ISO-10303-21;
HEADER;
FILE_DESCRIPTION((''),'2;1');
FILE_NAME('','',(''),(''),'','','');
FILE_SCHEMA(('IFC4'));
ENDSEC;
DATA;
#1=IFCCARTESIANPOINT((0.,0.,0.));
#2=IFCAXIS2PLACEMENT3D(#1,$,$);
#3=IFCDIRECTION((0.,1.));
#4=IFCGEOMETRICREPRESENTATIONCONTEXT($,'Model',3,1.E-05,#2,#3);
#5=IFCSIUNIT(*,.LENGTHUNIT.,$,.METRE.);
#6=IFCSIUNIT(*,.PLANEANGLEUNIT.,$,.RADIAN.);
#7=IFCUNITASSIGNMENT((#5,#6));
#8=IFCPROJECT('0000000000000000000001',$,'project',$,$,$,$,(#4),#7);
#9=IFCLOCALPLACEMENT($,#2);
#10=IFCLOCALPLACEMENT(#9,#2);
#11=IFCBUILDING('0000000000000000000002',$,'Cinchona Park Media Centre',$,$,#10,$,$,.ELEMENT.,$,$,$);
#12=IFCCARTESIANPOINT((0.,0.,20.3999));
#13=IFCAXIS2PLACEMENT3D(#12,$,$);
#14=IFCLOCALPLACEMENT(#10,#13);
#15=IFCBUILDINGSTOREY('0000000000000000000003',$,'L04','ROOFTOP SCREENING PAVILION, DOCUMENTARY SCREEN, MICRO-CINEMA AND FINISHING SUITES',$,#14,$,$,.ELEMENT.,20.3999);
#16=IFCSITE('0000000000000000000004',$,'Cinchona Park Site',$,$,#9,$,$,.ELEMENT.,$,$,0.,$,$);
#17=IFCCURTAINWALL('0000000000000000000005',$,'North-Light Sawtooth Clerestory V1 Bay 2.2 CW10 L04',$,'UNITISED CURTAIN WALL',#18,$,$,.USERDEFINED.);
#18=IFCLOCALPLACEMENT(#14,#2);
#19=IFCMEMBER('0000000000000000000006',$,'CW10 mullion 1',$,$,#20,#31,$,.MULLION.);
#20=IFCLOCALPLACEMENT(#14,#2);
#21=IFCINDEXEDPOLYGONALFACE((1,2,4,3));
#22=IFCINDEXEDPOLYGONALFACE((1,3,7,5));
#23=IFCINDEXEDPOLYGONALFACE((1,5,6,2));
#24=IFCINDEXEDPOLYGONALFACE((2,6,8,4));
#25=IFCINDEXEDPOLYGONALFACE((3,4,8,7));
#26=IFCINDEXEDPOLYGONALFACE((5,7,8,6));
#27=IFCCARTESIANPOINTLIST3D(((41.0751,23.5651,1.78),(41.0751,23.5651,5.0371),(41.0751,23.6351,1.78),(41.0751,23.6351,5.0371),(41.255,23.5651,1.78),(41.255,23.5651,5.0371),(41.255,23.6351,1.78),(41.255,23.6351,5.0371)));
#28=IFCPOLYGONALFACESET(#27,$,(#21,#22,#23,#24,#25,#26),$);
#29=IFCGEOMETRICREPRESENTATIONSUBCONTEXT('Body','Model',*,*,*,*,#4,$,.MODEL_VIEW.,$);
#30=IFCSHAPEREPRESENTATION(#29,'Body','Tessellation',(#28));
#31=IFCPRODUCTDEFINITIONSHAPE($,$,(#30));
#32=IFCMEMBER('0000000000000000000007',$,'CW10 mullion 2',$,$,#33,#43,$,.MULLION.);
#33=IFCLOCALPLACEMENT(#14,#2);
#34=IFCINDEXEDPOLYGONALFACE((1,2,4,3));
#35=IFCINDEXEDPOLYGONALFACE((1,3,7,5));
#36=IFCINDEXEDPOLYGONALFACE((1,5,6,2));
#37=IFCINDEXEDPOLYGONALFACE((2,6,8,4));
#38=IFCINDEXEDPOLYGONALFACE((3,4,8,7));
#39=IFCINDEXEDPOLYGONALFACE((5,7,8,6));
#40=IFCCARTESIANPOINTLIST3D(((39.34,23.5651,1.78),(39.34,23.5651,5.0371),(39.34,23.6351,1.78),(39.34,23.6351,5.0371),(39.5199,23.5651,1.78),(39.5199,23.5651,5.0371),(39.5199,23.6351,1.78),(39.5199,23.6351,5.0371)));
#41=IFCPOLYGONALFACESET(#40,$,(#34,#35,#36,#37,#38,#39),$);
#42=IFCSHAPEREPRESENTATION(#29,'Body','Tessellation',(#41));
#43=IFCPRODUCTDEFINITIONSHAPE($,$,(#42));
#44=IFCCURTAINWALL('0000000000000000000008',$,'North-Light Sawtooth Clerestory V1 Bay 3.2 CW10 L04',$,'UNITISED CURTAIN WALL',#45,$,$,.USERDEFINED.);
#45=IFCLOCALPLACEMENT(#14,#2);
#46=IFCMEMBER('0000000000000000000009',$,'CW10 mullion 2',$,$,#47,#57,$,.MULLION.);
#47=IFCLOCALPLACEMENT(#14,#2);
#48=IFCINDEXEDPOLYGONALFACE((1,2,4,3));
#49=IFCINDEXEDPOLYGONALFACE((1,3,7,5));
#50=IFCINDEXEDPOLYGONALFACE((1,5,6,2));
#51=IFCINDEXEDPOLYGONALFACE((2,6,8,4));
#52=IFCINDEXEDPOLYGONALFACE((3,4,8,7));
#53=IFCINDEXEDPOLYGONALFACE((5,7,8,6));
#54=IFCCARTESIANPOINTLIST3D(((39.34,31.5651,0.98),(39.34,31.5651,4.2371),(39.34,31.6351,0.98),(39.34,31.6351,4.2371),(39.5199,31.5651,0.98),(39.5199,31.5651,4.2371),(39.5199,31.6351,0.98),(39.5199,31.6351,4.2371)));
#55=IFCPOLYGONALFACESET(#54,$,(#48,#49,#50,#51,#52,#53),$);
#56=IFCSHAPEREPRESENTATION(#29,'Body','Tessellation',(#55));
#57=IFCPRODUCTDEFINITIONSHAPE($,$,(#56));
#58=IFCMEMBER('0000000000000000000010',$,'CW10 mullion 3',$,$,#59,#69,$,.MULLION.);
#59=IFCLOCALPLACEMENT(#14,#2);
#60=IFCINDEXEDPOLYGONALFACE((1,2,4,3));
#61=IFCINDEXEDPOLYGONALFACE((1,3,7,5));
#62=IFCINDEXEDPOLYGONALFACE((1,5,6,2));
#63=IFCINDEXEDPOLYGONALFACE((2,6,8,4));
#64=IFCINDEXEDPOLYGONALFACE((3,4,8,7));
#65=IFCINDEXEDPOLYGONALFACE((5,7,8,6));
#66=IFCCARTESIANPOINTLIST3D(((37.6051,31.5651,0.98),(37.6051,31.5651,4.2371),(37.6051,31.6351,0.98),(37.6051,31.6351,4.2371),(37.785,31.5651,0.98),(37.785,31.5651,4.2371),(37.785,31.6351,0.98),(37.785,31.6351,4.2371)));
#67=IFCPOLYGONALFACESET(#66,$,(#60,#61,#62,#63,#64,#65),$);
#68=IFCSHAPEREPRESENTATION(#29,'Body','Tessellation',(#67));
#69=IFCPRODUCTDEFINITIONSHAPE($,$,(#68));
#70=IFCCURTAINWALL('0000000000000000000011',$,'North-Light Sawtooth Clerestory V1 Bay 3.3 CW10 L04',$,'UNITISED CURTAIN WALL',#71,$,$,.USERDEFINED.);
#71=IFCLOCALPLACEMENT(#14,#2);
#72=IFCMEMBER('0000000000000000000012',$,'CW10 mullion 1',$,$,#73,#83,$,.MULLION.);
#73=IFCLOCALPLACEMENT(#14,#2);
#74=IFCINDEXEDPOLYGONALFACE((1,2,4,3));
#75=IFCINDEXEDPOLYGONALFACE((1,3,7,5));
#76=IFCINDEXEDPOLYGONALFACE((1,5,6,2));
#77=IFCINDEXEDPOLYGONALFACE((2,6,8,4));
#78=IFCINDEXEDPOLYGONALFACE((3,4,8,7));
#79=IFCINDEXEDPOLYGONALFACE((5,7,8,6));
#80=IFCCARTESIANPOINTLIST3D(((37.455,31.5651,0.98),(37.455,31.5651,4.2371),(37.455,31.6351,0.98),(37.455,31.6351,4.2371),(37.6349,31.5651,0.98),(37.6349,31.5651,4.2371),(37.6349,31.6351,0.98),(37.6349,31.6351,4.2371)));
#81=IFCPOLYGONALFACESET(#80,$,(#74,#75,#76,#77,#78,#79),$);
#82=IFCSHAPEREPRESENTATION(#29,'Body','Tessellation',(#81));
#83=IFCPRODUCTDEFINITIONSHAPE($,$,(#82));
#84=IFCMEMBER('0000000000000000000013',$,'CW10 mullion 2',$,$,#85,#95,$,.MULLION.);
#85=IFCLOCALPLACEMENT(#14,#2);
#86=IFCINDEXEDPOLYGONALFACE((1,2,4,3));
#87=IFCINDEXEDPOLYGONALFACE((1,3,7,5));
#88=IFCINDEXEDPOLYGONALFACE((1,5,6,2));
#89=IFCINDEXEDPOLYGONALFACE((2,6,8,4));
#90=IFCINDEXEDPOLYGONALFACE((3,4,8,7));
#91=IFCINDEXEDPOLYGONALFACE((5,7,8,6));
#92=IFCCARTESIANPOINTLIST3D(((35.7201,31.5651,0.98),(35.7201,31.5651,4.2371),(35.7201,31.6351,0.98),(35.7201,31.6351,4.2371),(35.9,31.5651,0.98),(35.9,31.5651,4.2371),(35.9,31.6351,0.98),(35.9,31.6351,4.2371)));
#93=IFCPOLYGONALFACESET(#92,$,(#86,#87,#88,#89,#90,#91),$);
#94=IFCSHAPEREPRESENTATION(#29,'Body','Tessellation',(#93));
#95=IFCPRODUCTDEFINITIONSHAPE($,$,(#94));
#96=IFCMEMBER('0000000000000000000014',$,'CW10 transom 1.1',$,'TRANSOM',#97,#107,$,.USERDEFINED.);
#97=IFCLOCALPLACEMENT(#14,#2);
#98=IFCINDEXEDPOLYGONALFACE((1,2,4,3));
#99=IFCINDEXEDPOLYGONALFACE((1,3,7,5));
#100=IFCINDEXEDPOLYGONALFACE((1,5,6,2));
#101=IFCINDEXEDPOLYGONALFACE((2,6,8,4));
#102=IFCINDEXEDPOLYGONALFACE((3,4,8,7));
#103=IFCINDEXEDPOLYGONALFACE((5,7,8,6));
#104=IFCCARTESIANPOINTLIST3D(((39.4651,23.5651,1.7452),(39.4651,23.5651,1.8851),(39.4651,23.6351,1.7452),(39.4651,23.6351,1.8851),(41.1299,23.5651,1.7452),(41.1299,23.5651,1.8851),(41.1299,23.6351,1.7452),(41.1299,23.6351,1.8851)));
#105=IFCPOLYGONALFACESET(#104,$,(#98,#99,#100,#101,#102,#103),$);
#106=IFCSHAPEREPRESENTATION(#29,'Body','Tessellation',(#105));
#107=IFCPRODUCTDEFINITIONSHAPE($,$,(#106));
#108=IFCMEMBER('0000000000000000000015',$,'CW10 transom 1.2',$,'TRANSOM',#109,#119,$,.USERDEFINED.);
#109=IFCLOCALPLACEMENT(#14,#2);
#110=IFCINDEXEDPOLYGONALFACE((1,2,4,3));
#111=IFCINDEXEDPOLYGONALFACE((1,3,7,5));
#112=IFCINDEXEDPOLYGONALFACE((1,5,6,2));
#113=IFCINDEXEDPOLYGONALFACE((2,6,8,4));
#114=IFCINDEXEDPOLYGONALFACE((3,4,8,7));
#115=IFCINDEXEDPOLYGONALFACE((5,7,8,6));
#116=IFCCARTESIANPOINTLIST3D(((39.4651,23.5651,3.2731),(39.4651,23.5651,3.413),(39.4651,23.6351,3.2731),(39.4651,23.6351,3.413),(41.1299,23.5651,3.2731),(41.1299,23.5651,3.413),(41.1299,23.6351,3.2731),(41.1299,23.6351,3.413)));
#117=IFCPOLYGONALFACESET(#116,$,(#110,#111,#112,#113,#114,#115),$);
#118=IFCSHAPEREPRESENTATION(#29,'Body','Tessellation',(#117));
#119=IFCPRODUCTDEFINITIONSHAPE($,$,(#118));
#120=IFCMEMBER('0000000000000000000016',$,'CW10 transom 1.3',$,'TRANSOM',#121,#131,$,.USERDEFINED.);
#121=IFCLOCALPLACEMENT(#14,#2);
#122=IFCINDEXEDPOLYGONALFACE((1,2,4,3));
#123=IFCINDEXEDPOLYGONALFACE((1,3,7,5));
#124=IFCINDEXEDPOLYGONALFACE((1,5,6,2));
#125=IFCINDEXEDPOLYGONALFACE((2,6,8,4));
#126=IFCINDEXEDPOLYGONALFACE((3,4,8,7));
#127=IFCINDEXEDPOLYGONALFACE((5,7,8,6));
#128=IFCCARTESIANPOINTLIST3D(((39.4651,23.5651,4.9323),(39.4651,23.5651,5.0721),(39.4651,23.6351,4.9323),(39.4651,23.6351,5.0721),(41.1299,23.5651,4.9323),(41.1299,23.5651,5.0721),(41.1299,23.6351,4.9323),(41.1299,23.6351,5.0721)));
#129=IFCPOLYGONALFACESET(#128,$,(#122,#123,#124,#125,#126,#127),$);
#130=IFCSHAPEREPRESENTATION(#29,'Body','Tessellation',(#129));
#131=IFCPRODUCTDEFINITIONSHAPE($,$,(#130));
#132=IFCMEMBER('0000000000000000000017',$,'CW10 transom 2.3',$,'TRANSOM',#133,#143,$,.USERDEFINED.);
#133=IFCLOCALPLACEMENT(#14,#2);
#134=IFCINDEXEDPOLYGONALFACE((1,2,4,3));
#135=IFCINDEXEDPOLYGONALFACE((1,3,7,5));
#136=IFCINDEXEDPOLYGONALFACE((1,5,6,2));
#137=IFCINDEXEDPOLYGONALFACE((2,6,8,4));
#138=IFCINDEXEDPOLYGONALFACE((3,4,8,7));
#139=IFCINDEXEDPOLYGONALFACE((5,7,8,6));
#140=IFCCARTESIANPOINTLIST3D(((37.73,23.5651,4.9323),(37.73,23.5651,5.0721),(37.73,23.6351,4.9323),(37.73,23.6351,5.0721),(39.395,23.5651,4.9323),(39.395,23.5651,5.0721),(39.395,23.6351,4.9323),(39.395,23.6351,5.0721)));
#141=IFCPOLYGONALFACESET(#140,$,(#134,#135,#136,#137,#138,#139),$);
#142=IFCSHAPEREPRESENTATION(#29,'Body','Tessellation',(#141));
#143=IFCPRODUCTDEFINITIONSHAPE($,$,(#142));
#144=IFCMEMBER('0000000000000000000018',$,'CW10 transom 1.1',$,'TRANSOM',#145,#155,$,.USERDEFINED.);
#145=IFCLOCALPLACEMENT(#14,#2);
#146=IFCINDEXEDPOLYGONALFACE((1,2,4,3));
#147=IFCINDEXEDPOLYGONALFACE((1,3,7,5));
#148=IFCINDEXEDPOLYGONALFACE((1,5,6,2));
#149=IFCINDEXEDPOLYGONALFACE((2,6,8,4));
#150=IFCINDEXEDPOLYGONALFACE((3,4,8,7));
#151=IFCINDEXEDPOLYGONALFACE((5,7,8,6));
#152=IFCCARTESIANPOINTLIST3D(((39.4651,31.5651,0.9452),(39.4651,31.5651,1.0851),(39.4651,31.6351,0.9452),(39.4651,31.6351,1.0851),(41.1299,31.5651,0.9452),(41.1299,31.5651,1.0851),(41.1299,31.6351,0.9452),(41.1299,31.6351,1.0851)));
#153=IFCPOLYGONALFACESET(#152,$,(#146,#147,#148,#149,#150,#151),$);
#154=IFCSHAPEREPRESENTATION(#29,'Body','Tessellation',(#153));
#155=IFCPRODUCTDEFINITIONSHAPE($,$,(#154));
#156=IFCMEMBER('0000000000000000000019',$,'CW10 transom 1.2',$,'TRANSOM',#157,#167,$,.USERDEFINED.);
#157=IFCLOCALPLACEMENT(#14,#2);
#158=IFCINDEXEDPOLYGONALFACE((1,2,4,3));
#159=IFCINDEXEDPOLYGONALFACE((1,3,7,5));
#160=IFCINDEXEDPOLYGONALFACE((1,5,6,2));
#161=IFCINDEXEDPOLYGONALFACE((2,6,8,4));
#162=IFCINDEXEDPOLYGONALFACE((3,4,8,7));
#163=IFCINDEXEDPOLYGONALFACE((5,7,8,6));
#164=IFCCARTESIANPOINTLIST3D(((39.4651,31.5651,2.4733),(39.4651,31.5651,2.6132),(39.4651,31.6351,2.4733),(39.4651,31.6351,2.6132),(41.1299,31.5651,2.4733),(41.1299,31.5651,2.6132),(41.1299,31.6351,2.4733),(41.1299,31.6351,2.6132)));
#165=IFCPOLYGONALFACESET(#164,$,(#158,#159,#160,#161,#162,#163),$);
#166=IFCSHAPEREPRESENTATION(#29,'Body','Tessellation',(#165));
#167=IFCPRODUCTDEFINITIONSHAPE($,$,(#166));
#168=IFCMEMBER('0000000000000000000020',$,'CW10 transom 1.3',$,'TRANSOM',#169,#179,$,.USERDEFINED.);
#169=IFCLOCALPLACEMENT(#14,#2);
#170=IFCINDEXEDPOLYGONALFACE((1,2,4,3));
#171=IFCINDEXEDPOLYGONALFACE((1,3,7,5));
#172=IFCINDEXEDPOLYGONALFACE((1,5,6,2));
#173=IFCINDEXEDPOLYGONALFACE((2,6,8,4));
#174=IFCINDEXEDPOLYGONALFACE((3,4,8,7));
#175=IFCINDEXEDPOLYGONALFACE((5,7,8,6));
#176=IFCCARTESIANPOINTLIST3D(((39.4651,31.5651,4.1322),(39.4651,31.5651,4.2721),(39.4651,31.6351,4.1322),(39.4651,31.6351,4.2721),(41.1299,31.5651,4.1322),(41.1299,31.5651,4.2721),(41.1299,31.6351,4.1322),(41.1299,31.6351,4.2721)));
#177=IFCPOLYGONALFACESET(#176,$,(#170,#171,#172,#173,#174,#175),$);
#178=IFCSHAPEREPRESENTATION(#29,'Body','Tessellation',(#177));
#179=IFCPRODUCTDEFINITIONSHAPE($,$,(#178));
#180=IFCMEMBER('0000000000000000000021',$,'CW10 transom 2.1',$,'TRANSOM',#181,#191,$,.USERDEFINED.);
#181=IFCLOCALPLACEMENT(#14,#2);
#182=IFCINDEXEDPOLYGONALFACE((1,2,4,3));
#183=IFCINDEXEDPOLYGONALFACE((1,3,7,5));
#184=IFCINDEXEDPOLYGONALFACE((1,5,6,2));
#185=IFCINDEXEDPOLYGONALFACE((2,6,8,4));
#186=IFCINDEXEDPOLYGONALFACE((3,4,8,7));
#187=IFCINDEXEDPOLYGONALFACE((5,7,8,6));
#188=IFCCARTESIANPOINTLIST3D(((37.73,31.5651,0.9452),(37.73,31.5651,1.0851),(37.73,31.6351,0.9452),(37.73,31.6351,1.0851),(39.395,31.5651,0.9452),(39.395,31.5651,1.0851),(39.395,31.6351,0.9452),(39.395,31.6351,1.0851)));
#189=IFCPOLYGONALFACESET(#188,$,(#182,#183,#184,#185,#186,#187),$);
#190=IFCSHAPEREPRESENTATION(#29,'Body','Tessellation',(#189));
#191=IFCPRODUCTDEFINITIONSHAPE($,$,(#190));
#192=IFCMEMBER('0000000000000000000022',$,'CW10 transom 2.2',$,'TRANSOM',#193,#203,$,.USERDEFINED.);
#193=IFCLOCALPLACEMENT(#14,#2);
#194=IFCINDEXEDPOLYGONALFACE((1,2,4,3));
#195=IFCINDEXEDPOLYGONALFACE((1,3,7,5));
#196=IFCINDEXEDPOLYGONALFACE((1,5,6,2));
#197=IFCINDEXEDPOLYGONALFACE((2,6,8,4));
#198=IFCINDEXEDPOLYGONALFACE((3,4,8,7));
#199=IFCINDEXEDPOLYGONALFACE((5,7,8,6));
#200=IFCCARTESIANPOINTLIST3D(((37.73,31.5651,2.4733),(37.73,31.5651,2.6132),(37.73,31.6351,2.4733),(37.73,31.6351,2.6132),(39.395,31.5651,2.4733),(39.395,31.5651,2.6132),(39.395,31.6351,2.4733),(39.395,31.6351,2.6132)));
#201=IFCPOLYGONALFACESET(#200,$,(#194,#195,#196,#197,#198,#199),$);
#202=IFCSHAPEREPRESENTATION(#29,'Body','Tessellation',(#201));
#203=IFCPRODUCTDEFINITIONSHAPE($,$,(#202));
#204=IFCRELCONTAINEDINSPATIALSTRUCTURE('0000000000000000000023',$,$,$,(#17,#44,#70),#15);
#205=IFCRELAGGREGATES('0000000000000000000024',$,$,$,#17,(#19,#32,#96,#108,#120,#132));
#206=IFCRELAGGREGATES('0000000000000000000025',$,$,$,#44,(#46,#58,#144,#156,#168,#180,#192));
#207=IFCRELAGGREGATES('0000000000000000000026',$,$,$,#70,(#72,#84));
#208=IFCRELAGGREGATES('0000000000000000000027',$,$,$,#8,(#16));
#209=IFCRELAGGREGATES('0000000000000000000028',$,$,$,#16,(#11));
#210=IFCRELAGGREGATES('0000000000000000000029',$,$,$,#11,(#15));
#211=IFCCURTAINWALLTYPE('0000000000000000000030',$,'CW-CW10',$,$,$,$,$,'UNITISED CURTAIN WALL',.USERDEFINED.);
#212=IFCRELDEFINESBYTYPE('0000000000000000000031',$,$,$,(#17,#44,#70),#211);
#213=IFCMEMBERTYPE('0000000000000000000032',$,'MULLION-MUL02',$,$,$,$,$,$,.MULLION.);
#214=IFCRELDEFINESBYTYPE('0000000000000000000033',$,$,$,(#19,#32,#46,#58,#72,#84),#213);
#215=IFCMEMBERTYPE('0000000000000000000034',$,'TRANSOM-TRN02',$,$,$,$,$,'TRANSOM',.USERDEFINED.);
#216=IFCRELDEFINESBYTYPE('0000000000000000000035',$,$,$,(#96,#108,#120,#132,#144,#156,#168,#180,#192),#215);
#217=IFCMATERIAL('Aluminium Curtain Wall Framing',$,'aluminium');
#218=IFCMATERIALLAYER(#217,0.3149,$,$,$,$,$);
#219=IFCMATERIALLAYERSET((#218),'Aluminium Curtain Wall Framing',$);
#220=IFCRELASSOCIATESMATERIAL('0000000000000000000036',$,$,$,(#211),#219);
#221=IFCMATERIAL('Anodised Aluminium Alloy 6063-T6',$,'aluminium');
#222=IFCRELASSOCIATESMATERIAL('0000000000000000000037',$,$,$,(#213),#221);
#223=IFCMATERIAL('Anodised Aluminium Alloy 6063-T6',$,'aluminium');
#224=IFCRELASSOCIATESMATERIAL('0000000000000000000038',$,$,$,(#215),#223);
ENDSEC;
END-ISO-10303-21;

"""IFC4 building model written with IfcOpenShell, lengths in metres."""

from ifc_helpers import new_model, si_unit, direction, frame, origin, origin_2d, place, context, subcontext, project, spatial, rectangle, extrude, material, layer, layer_set, material_profile, profile_set, type_object, element, aggregate, save


model = new_model("IFC4")

# Units and contexts
model_context = context("Model", 3, precision=1e-05, world=origin(), true_north=direction((0.0, 1.0)))
body_context = subcontext(model_context, "Body", "Model", "MODEL_VIEW")
ifc_project = project(units=[si_unit("LENGTHUNIT", "METRE"), si_unit("PLANEANGLEUNIT", "RADIAN")], contexts=[model_context])

# Site, building, storey
site_placement = place(None, origin())
site = spatial("IfcSite", under=ifc_project, at=site_placement, Name="Cinchona Park Site", CompositionType="ELEMENT", RefElevation=0.0)
building_placement = place(site_placement, origin())
building = spatial("IfcBuilding", under=site, at=building_placement, Name="Cinchona Park Media Centre", CompositionType="ELEMENT")
storey_placement = place(building_placement, frame((0.0, 0.0, 20.3999)))
storey = spatial("IfcBuildingStorey", under=building, at=storey_placement, Name="L04", Description="ROOFTOP SCREENING PAVILION, DOCUMENTARY SCREEN, MICRO-CINEMA AND FINISHING SUITES", CompositionType="ELEMENT", Elevation=20.3999)

# Curtain walls, members
ifc_material_1 = material(Name="Aluminium Curtain Wall Framing", Category="aluminium")
ifc_layer_1 = layer(ifc_material_1, 0.3149)
ifc_layer_set_1 = layer_set([ifc_layer_1], Name="Aluminium Curtain Wall Framing")
curtain_wall_type = type_object("IfcCurtainWallType", Name="CW-CW10", ElementType="UNITISED CURTAIN WALL", PredefinedType="USERDEFINED", material=ifc_layer_set_1)
curtain_wall_1_placement = place(storey_placement, origin())
curtain_wall_1 = element("IfcCurtainWall", 1, at=curtain_wall_1_placement, inside=storey, type_object=curtain_wall_type, Name="North-Light Sawtooth Clerestory V1 Bay 2.2 CW10 L04", ObjectType="UNITISED CURTAIN WALL", PredefinedType="USERDEFINED")
ifc_material_2 = material(Name="Anodised Aluminium Alloy 6063-T6", Category="aluminium")
ifc_material_profile_1 = material_profile(ifc_material_2, rectangle(XDim=0.0701, YDim=0.1799, at=origin_2d()), Name="MUL-70X180")
ifc_profile_set_1 = profile_set([ifc_material_profile_1], Name="Anodised Aluminium Alloy 6063-T6")
member_type_1 = type_object("IfcMemberType", Name="MULLION-MUL02", PredefinedType="MULLION", material=ifc_profile_set_1)
member_1_placement = place(storey_placement, frame((41.165, 23.6001, 1.78), z_axis=(0.0, 0.0, 1.0), x_axis=(0.0, -1.0, 0.0)))
member_1 = element("IfcMember", 2, at=member_1_placement, type_object=member_type_1, Name="CW10 mullion 1", PredefinedType="MULLION", context=body_context, shape_type="SweptSolid", body=[
    extrude(rectangle(XDim=0.0701, YDim=0.1799, at=origin_2d()), origin(), (0.0, 0.0, 1.0), 3.2571),
])
member_2_placement = place(storey_placement, frame((39.4299, 23.6001, 1.78), z_axis=(0.0, 0.0, 1.0), x_axis=(0.0, -1.0, 0.0)))
member_2 = element("IfcMember", 3, at=member_2_placement, type_object=member_type_1, Name="CW10 mullion 2", PredefinedType="MULLION", context=body_context, shape_type="SweptSolid", body=[
    extrude(rectangle(XDim=0.0701, YDim=0.1799, at=origin_2d()), origin(), (0.0, 0.0, 1.0), 3.2571),
])
curtain_wall_2_placement = place(storey_placement, origin())
curtain_wall_2 = element("IfcCurtainWall", 4, at=curtain_wall_2_placement, inside=storey, type_object=curtain_wall_type, Name="North-Light Sawtooth Clerestory V1 Bay 3.2 CW10 L04", ObjectType="UNITISED CURTAIN WALL", PredefinedType="USERDEFINED")
member_3_placement = place(storey_placement, frame((39.4299, 31.6001, 0.98), z_axis=(0.0, 0.0, 1.0), x_axis=(0.0, -1.0, 0.0)))
member_3 = element("IfcMember", 5, at=member_3_placement, type_object=member_type_1, Name="CW10 mullion 2", PredefinedType="MULLION", context=body_context, shape_type="SweptSolid", body=[
    extrude(rectangle(XDim=0.0701, YDim=0.1799, at=origin_2d()), origin(), (0.0, 0.0, 1.0), 3.2571),
])
member_4_placement = place(storey_placement, frame((37.6951, 31.6001, 0.98), z_axis=(0.0, 0.0, 1.0), x_axis=(0.0, -1.0, 0.0)))
member_4 = element("IfcMember", 6, at=member_4_placement, type_object=member_type_1, Name="CW10 mullion 3", PredefinedType="MULLION", context=body_context, shape_type="SweptSolid", body=[
    extrude(rectangle(XDim=0.0701, YDim=0.1799, at=origin_2d()), origin(), (0.0, 0.0, 1.0), 3.2571),
])
curtain_wall_3_placement = place(storey_placement, origin())
curtain_wall_3 = element("IfcCurtainWall", 7, at=curtain_wall_3_placement, inside=storey, type_object=curtain_wall_type, Name="North-Light Sawtooth Clerestory V1 Bay 3.3 CW10 L04", ObjectType="UNITISED CURTAIN WALL", PredefinedType="USERDEFINED")
member_5_placement = place(storey_placement, frame((37.5449, 31.6001, 0.98), z_axis=(0.0, 0.0, 1.0), x_axis=(0.0, -1.0, 0.0)))
member_5 = element("IfcMember", 8, at=member_5_placement, type_object=member_type_1, Name="CW10 mullion 1", PredefinedType="MULLION", context=body_context, shape_type="SweptSolid", body=[
    extrude(rectangle(XDim=0.0701, YDim=0.1799, at=origin_2d()), origin(), (0.0, 0.0, 1.0), 3.2571),
])
member_6_placement = place(storey_placement, frame((35.8101, 31.6001, 0.98), z_axis=(0.0, 0.0, 1.0), x_axis=(0.0, -1.0, 0.0)))
member_6 = element("IfcMember", 9, at=member_6_placement, type_object=member_type_1, Name="CW10 mullion 2", PredefinedType="MULLION", context=body_context, shape_type="SweptSolid", body=[
    extrude(rectangle(XDim=0.0701, YDim=0.1799, at=origin_2d()), origin(), (0.0, 0.0, 1.0), 3.2571),
])

# Members
ifc_material_3 = material(Name="Anodised Aluminium Alloy 6063-T6", Category="aluminium")
ifc_material_profile_2 = material_profile(ifc_material_3, rectangle(XDim=0.0701, YDim=0.1399, at=origin_2d()), Name="TRN-70X140")
ifc_profile_set_2 = profile_set([ifc_material_profile_2], Name="Anodised Aluminium Alloy 6063-T6")
member_type_2 = type_object("IfcMemberType", Name="TRANSOM-TRN02", ElementType="TRANSOM", PredefinedType="USERDEFINED", material=ifc_profile_set_2)
member_7_placement = place(storey_placement, frame((41.1299, 23.6001, 1.8152), z_axis=(-1.0, 0.0, 0.0), x_axis=(0.0, -1.0, 0.0)))
member_7 = element("IfcMember", 10, at=member_7_placement, type_object=member_type_2, Name="CW10 transom 1.1", ObjectType="TRANSOM", PredefinedType="USERDEFINED", context=body_context, shape_type="SweptSolid", body=[
    extrude(rectangle(XDim=0.0701, YDim=0.1399, at=origin_2d()), origin(), (0.0, 0.0, 1.0), 1.6648),
])
member_8_placement = place(storey_placement, frame((41.1299, 23.6001, 3.343), z_axis=(-1.0, 0.0, 0.0), x_axis=(0.0, -1.0, 0.0)))
member_8 = element("IfcMember", 11, at=member_8_placement, type_object=member_type_2, Name="CW10 transom 1.2", ObjectType="TRANSOM", PredefinedType="USERDEFINED", context=body_context, shape_type="SweptSolid", body=[
    extrude(rectangle(XDim=0.0701, YDim=0.1399, at=origin_2d()), origin(), (0.0, 0.0, 1.0), 1.6648),
])
member_9_placement = place(storey_placement, frame((41.1299, 23.6001, 5.0022), z_axis=(-1.0, 0.0, 0.0), x_axis=(0.0, -1.0, 0.0)))
member_9 = element("IfcMember", 12, at=member_9_placement, type_object=member_type_2, Name="CW10 transom 1.3", ObjectType="TRANSOM", PredefinedType="USERDEFINED", context=body_context, shape_type="SweptSolid", body=[
    extrude(rectangle(XDim=0.0701, YDim=0.1399, at=origin_2d()), origin(), (0.0, 0.0, 1.0), 1.6648),
])
member_10_placement = place(storey_placement, frame((39.395, 23.6001, 5.0022), z_axis=(-1.0, 0.0, 0.0), x_axis=(0.0, -1.0, 0.0)))
member_10 = element("IfcMember", 13, at=member_10_placement, type_object=member_type_2, Name="CW10 transom 2.3", ObjectType="TRANSOM", PredefinedType="USERDEFINED", context=body_context, shape_type="SweptSolid", body=[
    extrude(rectangle(XDim=0.0701, YDim=0.1399, at=origin_2d()), origin(), (0.0, 0.0, 1.0), 1.665),
])
member_11_placement = place(storey_placement, frame((41.1299, 31.6001, 1.0151), z_axis=(-1.0, 0.0, 0.0), x_axis=(0.0, -1.0, 0.0)))
member_11 = element("IfcMember", 14, at=member_11_placement, type_object=member_type_2, Name="CW10 transom 1.1", ObjectType="TRANSOM", PredefinedType="USERDEFINED", context=body_context, shape_type="SweptSolid", body=[
    extrude(rectangle(XDim=0.0701, YDim=0.1399, at=origin_2d()), origin(), (0.0, 0.0, 1.0), 1.6648),
])
member_12_placement = place(storey_placement, frame((41.1299, 31.6001, 2.5432), z_axis=(-1.0, 0.0, 0.0), x_axis=(0.0, -1.0, 0.0)))
member_12 = element("IfcMember", 15, at=member_12_placement, type_object=member_type_2, Name="CW10 transom 1.2", ObjectType="TRANSOM", PredefinedType="USERDEFINED", context=body_context, shape_type="SweptSolid", body=[
    extrude(rectangle(XDim=0.0701, YDim=0.1399, at=origin_2d()), origin(), (0.0, 0.0, 1.0), 1.6648),
])
member_13_placement = place(storey_placement, frame((41.1299, 31.6001, 4.2021), z_axis=(-1.0, 0.0, 0.0), x_axis=(0.0, -1.0, 0.0)))
member_13 = element("IfcMember", 16, at=member_13_placement, type_object=member_type_2, Name="CW10 transom 1.3", ObjectType="TRANSOM", PredefinedType="USERDEFINED", context=body_context, shape_type="SweptSolid", body=[
    extrude(rectangle(XDim=0.0701, YDim=0.1399, at=origin_2d()), origin(), (0.0, 0.0, 1.0), 1.6648),
])
member_14_placement = place(storey_placement, frame((39.395, 31.6001, 1.0151), z_axis=(-1.0, 0.0, 0.0), x_axis=(0.0, -1.0, 0.0)))
member_14 = element("IfcMember", 17, at=member_14_placement, type_object=member_type_2, Name="CW10 transom 2.1", ObjectType="TRANSOM", PredefinedType="USERDEFINED", context=body_context, shape_type="SweptSolid", body=[
    extrude(rectangle(XDim=0.0701, YDim=0.1399, at=origin_2d()), origin(), (0.0, 0.0, 1.0), 1.665),
])
member_15_placement = place(storey_placement, frame((39.395, 31.6001, 2.5432), z_axis=(-1.0, 0.0, 0.0), x_axis=(0.0, -1.0, 0.0)))
member_15 = element("IfcMember", 18, at=member_15_placement, type_object=member_type_2, Name="CW10 transom 2.2", ObjectType="TRANSOM", PredefinedType="USERDEFINED", context=body_context, shape_type="SweptSolid", body=[
    extrude(rectangle(XDim=0.0701, YDim=0.1399, at=origin_2d()), origin(), (0.0, 0.0, 1.0), 1.665),
])

aggregate(curtain_wall_1, [member_1, member_2, member_7, member_8, member_9, member_10])
aggregate(curtain_wall_2, [member_3, member_4, member_11, member_12, member_13, member_14, member_15])
aggregate(curtain_wall_3, [member_5, member_6])

save(model, "model.ifc")
